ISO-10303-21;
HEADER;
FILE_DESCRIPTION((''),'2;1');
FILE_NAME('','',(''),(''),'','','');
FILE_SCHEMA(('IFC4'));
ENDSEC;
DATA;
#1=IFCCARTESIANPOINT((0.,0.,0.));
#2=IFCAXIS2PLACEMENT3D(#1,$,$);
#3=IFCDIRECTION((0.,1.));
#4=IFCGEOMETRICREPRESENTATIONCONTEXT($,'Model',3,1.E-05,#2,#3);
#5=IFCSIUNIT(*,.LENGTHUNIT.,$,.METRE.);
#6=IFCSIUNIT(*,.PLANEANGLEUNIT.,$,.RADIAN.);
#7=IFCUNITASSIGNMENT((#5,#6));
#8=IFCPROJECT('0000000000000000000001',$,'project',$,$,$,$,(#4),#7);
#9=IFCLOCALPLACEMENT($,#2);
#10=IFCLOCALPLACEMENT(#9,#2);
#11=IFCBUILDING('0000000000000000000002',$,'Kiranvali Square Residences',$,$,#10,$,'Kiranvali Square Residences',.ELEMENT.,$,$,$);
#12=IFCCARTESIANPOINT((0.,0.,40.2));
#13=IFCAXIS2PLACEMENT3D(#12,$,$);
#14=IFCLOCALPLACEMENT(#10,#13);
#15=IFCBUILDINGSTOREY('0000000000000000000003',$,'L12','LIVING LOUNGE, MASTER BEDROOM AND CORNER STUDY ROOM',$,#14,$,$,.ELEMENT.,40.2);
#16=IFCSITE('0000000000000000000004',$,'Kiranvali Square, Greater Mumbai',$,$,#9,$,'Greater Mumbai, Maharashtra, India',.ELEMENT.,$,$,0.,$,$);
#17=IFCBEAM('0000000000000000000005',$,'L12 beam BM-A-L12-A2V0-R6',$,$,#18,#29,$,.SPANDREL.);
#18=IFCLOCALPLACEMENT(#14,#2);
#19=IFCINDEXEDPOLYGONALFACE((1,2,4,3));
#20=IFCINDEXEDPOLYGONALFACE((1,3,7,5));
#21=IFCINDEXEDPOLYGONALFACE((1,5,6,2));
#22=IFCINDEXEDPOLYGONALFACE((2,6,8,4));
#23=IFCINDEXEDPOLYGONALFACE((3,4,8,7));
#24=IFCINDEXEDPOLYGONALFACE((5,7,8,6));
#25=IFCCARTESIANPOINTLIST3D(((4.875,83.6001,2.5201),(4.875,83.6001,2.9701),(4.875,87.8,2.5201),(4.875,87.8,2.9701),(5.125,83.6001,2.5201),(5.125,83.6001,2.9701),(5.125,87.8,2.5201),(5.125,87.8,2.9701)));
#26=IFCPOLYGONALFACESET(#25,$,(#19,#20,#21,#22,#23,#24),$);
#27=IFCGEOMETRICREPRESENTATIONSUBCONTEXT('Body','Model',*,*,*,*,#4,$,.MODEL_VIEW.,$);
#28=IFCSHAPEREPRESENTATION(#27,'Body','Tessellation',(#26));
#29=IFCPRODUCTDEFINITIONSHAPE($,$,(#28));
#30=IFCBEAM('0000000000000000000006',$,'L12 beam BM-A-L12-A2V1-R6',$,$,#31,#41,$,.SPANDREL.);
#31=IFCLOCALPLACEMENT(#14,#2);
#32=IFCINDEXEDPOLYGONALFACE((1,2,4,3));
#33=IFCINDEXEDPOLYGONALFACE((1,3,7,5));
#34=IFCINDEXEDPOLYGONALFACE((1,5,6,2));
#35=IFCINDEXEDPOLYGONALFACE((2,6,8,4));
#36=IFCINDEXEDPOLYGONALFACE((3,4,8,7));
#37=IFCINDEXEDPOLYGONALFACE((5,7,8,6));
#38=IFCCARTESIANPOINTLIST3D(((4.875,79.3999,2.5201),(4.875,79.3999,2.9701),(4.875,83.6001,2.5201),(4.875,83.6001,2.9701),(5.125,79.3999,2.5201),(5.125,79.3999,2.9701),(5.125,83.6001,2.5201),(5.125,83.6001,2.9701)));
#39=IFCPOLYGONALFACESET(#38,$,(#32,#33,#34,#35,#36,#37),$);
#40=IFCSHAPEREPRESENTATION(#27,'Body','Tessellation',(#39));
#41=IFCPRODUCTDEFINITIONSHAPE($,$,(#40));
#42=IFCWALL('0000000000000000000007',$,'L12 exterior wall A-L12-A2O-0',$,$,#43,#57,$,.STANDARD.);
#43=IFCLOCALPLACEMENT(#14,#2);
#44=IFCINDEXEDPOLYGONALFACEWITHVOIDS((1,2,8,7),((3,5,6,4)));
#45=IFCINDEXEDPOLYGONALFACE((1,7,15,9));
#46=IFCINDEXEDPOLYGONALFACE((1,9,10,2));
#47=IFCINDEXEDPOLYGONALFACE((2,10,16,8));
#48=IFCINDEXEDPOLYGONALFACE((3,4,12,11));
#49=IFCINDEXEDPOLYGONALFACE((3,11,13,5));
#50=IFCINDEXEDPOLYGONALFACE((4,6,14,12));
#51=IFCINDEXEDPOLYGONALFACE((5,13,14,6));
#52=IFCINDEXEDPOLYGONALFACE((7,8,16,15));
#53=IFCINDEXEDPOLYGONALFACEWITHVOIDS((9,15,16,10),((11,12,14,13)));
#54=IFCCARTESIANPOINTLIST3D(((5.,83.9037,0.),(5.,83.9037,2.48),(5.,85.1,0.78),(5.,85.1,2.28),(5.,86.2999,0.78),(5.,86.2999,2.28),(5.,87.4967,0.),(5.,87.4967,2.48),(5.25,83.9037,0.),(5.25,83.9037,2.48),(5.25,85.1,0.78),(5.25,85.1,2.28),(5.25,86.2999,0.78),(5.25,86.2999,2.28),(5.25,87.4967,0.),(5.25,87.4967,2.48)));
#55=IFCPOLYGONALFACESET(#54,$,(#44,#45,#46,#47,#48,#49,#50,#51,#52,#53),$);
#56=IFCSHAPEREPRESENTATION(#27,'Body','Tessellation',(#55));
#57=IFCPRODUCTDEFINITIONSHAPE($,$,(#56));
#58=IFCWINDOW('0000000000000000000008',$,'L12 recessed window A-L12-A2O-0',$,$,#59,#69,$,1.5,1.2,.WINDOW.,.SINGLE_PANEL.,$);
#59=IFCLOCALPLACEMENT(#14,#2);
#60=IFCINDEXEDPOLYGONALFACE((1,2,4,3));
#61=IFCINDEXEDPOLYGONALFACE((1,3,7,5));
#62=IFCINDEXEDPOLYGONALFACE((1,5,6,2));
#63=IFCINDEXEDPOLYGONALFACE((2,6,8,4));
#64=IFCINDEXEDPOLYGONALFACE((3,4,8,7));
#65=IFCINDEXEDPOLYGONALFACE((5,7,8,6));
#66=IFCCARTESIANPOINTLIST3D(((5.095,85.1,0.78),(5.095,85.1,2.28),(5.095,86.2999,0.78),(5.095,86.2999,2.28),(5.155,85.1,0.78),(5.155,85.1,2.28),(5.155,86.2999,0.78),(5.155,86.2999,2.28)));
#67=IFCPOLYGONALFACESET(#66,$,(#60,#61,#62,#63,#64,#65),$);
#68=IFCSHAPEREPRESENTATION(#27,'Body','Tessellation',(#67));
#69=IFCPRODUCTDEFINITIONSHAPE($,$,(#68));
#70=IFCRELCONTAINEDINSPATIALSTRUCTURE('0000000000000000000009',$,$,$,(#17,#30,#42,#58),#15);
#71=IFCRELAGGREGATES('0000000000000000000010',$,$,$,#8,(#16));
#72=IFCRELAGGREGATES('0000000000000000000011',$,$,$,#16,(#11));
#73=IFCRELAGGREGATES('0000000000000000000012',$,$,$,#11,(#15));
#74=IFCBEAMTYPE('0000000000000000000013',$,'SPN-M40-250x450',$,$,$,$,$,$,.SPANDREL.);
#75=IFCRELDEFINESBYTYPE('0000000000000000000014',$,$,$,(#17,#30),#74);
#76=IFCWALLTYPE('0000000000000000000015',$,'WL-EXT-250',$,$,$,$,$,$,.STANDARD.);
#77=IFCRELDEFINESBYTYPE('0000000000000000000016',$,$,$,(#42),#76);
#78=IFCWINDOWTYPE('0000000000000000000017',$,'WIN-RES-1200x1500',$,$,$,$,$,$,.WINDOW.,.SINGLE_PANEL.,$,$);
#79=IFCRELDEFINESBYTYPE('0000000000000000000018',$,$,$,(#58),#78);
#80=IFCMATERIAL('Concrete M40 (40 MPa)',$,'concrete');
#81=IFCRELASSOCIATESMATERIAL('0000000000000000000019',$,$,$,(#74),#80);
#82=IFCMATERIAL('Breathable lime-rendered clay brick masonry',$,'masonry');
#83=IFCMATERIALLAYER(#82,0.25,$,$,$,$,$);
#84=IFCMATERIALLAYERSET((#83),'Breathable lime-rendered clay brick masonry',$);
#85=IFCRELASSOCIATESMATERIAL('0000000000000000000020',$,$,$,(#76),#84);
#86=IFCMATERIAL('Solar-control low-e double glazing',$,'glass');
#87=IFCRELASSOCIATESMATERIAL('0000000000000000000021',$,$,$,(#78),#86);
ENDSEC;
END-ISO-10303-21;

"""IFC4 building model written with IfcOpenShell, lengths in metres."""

from ifc_helpers import new_model, si_unit, direction, frame, frame_2d, origin, origin_2d, place, context, subcontext, project, spatial, rectangle, extrude, material, layer, layer_set, material_profile, profile_set, type_object, element, fill, save


model = new_model("IFC4")

# Units and contexts
model_context = context("Model", 3, precision=1e-05, world=origin(), true_north=direction((0.0, 1.0)))
body_context = subcontext(model_context, "Body", "Model", "MODEL_VIEW")
ifc_project = project(units=[si_unit("LENGTHUNIT", "METRE"), si_unit("PLANEANGLEUNIT", "RADIAN")], contexts=[model_context])

# Site, building, storey
site_placement = place(None, origin())
site = spatial("IfcSite", under=ifc_project, at=site_placement, Name="Kiranvali Square, Greater Mumbai", LongName="Greater Mumbai, Maharashtra, India", CompositionType="ELEMENT", RefElevation=0.0)
building_placement = place(site_placement, origin())
building = spatial("IfcBuilding", under=site, at=building_placement, Name="Kiranvali Square Residences", LongName="Kiranvali Square Residences", CompositionType="ELEMENT")
storey_placement = place(building_placement, frame((0.0, 0.0, 40.2)))
storey = spatial("IfcBuildingStorey", under=building, at=storey_placement, Name="L12", Description="LIVING LOUNGE, MASTER BEDROOM AND CORNER STUDY ROOM", CompositionType="ELEMENT", Elevation=40.2)

# Shared definitions
ifc_material_1 = material(Name="Concrete M40 (40 MPa)", Category="concrete")

# Beams
ifc_material_profile_1 = material_profile(ifc_material_1, rectangle(XDim=0.25, YDim=0.45, at=origin_2d()), Name="RC 250x450")
ifc_profile_set_1 = profile_set([ifc_material_profile_1], Name="Concrete M40 (40 MPa)")
beam_type_1 = type_object("IfcBeamType", Name="SPN-M40-250x450", PredefinedType="SPANDREL", material=ifc_profile_set_1)
beam_1_placement = place(storey_placement, frame((5.0, 87.8, 2.7451), z_axis=(0.0, -1.0, 0.0), x_axis=(1.0, 0.0, 0.0)))
element("IfcBeam", 1, at=beam_1_placement, inside=storey, type_object=beam_type_1, Name="L12 beam BM-A-L12-A2V0-R6", PredefinedType="SPANDREL", context=body_context, shape_type="SweptSolid", body=[
    extrude(rectangle(XDim=0.25, YDim=0.45, at=origin_2d()), origin(), (0.0, 0.0, 1.0), 4.2),
])
beam_2_placement = place(storey_placement, frame((5.0, 83.6001, 2.7451), z_axis=(0.0, -1.0, 0.0), x_axis=(1.0, 0.0, 0.0)))
element("IfcBeam", 2, at=beam_2_placement, inside=storey, type_object=beam_type_1, Name="L12 beam BM-A-L12-A2V1-R6", PredefinedType="SPANDREL", context=body_context, shape_type="SweptSolid", body=[
    extrude(rectangle(XDim=0.25, YDim=0.45, at=origin_2d()), origin(), (0.0, 0.0, 1.0), 4.2002),
])

# Wall, opening, window
ifc_material_2 = material(Name="Breathable lime-rendered clay brick masonry", Category="masonry")
ifc_layer = layer(ifc_material_2, 0.25)
ifc_layer_set = layer_set([ifc_layer], Name="Breathable lime-rendered clay brick masonry")
wall_type = type_object("IfcWallType", Name="WL-EXT-250", PredefinedType="STANDARD", material=ifc_layer_set)
wall_placement = place(storey_placement, frame((5.125, 87.4966, 0.0), z_axis=(0.0, 0.0, 1.0), x_axis=(0.0, -1.0, 0.0)))
wall = element("IfcWall", 3, at=wall_placement, inside=storey, type_object=wall_type, Name="L12 exterior wall A-L12-A2O-0", PredefinedType="STANDARD", context=body_context, shape_type="SweptSolid", body=[
    extrude(rectangle(XDim=3.593, YDim=0.25, at=frame_2d((1.7964, 0.0))), origin(), (0.0, 0.0, 1.0), 2.48),
])
opening_placement = place(wall_placement, frame((1.1965, 0.0, 0.78)))
opening = element("IfcOpeningElement", 4, at=opening_placement, cuts=wall, PredefinedType="OPENING", context=body_context, shape_type="SweptSolid", body=[
    extrude(rectangle(XDim=1.2, YDim=1.5, at=frame_2d((0.6001, 0.75))), frame((0.0, 0.135, 0.0), z_axis=(0.0, -1.0, 0.0), x_axis=(1.0, 0.0, 0.0)), (0.0, 0.0, 1.0), 0.27),
])
ifc_material_3 = material(Name="Solar-control low-e double glazing", Category="glass")
window_type = type_object("IfcWindowType", Name="WIN-RES-1200x1500", PartitioningType="SINGLE_PANEL", PredefinedType="WINDOW", material=ifc_material_3)
window_placement = place(opening_placement, origin())
window = element("IfcWindow", 5, at=window_placement, inside=storey, type_object=window_type, Name="L12 recessed window A-L12-A2O-0", OverallHeight=1.5, OverallWidth=1.2, PartitioningType="SINGLE_PANEL", PredefinedType="WINDOW", context=body_context, shape_type="SweptSolid", body=[
    extrude(rectangle(XDim=1.2, YDim=1.5, at=frame_2d((0.6001, 0.75))), frame((0.0, 0.03, 0.0), z_axis=(0.0, -1.0, 0.0), x_axis=(1.0, 0.0, 0.0)), (0.0, 0.0, 1.0), 0.0601),
])
fill(opening, window)

save(model, "model.ifc")
